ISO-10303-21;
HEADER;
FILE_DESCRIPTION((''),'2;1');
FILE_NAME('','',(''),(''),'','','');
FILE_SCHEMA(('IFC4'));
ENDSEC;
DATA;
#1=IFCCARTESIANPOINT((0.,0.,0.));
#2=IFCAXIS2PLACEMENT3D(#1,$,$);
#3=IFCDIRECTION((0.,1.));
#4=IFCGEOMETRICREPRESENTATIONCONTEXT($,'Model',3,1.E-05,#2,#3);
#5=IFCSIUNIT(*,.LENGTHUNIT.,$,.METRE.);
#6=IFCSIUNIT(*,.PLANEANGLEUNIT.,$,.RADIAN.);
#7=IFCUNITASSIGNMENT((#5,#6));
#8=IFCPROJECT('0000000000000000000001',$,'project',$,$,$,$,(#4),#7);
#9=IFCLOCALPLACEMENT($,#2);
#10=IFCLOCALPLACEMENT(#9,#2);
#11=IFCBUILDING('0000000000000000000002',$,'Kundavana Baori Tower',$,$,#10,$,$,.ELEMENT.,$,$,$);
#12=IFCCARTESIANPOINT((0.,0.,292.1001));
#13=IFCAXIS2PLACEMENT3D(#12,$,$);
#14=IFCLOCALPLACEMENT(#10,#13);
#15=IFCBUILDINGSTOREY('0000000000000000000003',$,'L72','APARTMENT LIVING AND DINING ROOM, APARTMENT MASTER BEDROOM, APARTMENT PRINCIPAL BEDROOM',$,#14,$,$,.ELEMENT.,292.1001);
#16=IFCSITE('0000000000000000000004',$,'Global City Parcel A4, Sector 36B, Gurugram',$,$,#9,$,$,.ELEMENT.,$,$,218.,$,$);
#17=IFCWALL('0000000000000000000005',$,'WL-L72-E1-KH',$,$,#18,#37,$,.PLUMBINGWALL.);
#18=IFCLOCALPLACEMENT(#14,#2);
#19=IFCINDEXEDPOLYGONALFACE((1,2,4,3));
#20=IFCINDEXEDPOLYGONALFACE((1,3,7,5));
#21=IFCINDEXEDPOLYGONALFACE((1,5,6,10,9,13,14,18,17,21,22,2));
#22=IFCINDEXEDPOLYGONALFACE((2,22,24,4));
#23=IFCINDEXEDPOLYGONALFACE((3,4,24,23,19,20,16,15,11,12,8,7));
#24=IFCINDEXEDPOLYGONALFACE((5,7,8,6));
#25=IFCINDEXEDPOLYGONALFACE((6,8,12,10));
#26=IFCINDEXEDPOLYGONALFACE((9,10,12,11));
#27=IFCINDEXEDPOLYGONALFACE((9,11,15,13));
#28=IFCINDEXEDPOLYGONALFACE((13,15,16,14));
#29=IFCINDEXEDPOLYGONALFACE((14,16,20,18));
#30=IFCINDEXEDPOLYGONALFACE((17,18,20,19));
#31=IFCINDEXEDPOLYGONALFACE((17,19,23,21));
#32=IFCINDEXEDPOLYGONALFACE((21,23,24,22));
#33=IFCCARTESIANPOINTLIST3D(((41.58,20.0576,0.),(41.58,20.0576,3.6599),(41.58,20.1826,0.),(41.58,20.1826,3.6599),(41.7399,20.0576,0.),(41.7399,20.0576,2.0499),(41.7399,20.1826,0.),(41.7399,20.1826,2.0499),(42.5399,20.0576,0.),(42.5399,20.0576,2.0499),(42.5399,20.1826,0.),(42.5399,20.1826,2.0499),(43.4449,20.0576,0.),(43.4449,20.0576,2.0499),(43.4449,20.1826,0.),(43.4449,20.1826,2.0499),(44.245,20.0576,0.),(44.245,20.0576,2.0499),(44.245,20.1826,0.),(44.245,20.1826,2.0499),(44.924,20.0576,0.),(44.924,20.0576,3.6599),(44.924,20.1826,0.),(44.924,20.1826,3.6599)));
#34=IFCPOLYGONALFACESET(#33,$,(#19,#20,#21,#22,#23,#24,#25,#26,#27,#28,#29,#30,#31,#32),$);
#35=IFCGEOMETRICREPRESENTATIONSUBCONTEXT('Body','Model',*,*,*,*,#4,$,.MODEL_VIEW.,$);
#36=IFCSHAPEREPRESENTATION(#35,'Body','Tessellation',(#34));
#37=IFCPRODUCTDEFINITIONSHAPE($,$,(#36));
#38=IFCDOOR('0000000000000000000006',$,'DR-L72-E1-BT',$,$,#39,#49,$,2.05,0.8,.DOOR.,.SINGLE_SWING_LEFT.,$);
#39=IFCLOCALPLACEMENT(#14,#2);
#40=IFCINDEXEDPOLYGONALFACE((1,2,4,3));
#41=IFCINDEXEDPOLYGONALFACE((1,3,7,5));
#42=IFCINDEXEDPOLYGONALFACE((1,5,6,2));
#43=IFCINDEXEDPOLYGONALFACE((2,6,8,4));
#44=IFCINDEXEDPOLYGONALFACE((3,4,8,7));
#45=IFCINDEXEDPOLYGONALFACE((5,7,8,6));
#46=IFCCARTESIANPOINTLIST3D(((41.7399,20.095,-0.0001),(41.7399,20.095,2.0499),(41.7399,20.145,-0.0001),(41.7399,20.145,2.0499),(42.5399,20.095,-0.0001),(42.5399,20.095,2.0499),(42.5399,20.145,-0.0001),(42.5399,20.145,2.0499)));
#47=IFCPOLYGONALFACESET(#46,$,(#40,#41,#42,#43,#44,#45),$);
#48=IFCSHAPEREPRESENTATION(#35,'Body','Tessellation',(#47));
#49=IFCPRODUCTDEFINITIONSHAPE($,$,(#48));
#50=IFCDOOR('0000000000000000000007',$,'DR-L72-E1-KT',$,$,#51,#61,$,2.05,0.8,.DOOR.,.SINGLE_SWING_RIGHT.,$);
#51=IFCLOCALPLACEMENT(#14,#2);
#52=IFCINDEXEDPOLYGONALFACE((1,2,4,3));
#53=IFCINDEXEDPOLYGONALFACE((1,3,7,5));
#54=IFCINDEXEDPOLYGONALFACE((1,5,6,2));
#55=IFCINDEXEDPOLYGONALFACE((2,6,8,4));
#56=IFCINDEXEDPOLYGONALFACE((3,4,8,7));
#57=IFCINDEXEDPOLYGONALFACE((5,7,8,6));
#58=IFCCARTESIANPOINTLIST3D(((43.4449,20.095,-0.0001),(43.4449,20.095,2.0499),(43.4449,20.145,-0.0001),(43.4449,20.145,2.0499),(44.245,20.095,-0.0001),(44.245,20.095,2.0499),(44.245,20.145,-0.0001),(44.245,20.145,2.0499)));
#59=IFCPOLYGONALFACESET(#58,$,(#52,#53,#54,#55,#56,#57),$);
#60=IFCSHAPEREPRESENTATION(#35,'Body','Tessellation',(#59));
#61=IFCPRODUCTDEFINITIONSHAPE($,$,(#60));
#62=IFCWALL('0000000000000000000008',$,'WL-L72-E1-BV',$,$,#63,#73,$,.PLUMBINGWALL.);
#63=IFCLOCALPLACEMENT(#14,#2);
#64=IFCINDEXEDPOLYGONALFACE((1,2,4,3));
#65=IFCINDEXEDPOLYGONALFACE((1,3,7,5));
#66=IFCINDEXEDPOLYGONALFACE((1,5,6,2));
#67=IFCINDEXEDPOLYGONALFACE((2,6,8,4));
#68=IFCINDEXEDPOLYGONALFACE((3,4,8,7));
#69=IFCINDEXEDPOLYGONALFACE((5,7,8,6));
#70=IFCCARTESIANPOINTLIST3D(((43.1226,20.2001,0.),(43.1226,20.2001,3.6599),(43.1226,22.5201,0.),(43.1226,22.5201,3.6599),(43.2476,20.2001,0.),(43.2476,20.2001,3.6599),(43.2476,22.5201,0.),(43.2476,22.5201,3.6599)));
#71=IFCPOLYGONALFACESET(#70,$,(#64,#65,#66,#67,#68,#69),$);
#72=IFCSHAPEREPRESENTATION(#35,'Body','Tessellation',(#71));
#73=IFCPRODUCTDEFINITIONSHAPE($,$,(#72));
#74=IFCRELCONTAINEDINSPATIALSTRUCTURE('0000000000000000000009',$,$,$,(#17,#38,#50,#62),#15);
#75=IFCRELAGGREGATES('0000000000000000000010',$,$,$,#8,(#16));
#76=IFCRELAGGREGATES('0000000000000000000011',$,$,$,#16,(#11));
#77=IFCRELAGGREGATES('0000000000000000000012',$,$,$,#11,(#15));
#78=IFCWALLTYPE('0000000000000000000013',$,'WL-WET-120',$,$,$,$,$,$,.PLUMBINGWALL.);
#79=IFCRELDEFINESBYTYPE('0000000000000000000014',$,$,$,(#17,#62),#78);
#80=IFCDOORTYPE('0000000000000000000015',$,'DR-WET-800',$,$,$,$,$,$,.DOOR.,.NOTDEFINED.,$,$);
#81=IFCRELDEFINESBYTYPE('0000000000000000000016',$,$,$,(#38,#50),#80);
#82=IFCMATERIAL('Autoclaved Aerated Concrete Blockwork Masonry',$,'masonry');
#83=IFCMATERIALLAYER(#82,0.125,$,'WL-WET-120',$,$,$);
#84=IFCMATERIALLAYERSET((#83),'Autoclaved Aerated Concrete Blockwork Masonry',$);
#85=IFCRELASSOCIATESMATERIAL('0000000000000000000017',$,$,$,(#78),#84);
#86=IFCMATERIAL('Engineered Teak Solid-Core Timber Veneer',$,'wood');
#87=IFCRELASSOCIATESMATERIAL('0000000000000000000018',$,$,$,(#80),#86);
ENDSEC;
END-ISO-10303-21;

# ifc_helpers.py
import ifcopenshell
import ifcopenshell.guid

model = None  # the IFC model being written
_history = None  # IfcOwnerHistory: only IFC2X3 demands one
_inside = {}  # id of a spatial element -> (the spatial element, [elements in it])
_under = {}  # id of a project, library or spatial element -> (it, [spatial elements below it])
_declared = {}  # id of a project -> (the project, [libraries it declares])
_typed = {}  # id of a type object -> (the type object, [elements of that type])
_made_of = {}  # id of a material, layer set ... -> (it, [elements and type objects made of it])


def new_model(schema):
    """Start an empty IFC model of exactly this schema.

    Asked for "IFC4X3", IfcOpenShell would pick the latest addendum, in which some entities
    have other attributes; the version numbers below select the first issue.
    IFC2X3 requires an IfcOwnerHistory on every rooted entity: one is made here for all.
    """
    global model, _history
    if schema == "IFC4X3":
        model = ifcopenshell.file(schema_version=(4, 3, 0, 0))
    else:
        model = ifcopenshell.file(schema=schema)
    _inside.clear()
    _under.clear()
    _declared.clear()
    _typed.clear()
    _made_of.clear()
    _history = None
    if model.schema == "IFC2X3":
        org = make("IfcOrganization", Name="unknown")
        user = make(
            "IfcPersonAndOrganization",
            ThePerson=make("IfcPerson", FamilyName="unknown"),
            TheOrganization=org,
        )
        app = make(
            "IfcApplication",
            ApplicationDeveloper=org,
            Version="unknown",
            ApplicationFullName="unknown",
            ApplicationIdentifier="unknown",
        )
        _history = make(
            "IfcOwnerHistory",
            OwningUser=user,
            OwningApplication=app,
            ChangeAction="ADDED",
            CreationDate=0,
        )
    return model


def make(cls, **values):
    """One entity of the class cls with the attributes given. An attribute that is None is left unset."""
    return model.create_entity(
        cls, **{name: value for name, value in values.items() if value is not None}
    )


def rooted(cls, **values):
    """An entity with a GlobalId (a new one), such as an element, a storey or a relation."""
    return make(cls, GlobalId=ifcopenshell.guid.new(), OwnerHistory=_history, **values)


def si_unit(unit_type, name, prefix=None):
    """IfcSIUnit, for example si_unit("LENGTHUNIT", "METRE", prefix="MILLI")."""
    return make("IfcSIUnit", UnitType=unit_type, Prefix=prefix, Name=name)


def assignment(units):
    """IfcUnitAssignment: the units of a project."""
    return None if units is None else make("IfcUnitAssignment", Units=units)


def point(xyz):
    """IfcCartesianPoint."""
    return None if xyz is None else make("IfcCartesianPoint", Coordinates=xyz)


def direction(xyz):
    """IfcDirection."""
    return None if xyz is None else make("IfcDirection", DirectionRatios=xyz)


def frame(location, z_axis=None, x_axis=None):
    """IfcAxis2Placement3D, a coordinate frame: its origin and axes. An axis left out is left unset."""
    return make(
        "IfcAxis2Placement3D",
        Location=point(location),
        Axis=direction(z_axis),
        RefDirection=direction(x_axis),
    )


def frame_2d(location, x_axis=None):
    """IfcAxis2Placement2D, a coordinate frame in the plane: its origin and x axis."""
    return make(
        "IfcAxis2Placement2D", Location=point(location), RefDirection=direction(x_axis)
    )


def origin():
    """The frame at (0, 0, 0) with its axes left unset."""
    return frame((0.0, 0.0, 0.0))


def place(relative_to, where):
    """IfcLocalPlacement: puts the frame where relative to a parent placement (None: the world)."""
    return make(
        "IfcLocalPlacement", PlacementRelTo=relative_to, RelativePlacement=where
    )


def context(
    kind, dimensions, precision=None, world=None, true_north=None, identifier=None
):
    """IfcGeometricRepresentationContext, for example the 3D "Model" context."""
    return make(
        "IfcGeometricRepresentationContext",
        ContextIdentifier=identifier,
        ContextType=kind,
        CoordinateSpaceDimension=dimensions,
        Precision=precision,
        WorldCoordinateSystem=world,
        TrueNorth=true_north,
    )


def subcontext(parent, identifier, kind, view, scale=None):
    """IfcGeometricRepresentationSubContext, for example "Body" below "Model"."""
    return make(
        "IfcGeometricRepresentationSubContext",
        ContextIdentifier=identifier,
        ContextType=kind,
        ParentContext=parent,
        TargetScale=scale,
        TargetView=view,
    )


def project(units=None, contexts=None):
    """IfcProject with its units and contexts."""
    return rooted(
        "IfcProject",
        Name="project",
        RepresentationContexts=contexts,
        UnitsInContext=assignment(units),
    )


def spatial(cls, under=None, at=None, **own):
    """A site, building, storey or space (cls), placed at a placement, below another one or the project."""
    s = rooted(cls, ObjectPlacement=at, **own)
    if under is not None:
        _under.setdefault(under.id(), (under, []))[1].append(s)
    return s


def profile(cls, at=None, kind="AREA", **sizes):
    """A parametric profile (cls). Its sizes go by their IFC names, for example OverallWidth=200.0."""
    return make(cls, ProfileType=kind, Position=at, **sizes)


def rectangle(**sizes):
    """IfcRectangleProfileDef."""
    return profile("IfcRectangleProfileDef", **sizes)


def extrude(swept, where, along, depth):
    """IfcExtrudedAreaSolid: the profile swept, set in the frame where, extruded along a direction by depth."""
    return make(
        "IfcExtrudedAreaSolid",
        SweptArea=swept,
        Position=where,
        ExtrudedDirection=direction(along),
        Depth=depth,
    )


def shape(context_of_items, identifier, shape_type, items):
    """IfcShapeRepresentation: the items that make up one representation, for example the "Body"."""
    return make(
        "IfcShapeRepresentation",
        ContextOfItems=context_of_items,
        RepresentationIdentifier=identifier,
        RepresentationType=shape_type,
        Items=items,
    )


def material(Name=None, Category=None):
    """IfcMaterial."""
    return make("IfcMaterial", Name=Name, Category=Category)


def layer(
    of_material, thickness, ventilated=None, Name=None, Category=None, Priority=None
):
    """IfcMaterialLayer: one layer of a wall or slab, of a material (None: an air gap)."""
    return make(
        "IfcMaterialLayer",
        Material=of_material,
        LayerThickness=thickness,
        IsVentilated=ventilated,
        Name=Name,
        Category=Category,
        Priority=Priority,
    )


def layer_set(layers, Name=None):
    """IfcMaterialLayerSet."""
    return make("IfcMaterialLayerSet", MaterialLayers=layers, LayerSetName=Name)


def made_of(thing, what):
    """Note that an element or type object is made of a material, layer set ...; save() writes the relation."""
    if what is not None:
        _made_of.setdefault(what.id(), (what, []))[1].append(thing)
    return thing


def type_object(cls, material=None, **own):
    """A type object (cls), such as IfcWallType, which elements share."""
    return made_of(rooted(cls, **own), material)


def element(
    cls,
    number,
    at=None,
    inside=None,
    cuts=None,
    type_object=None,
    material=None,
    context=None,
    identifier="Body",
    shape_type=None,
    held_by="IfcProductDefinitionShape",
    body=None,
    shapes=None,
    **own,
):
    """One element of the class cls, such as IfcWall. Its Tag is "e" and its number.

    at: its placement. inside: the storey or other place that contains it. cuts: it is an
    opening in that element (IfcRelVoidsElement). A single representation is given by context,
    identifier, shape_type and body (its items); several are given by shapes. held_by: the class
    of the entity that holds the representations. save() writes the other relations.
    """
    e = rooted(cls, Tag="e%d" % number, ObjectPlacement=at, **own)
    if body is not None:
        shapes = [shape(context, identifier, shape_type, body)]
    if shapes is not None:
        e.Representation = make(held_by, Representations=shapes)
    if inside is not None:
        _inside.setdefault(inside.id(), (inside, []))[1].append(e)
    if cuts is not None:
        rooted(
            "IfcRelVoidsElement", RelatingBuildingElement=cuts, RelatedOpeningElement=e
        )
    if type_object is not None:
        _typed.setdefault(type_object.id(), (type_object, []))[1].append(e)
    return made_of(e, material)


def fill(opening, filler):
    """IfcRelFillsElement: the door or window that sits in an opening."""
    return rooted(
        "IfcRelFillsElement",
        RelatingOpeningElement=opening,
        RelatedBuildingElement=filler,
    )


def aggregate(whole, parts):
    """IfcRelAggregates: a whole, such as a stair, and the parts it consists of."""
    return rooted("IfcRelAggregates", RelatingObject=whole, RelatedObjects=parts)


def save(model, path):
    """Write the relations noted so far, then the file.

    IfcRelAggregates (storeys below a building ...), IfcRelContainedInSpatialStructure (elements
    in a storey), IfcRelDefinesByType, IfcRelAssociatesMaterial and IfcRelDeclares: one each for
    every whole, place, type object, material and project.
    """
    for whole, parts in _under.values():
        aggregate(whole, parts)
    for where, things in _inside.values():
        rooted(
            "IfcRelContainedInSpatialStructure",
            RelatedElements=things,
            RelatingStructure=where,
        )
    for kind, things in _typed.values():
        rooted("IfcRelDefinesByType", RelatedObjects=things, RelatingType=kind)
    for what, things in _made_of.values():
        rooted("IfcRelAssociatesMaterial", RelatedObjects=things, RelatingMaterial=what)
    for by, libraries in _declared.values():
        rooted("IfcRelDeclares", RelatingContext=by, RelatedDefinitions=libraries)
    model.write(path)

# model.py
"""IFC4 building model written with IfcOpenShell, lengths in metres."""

from ifc_helpers import new_model, si_unit, direction, frame, frame_2d, origin, place, context, subcontext, project, spatial, rectangle, extrude, material, layer, layer_set, type_object, element, fill, save


model = new_model("IFC4")

# Units and contexts
model_context = context("Model", 3, precision=1e-05, world=origin(), true_north=direction((0.0, 1.0)))
body_context = subcontext(model_context, "Body", "Model", "MODEL_VIEW")
ifc_project = project(units=[si_unit("LENGTHUNIT", "METRE"), si_unit("PLANEANGLEUNIT", "RADIAN")], contexts=[model_context])

# Site, building, storey
site_placement = place(None, origin())
site = spatial("IfcSite", under=ifc_project, at=site_placement, Name="Global City Parcel A4, Sector 36B, Gurugram", CompositionType="ELEMENT", RefElevation=218.0)
building_placement = place(site_placement, origin())
building = spatial("IfcBuilding", under=site, at=building_placement, Name="Kundavana Baori Tower", CompositionType="ELEMENT")
storey_placement = place(building_placement, frame((0.0, 0.0, 292.1001)))
storey = spatial("IfcBuildingStorey", under=building, at=storey_placement, Name="L72", Description="APARTMENT LIVING AND DINING ROOM, APARTMENT MASTER BEDROOM, APARTMENT PRINCIPAL BEDROOM", CompositionType="ELEMENT", Elevation=292.1001)

# Shared definitions
ifc_material_1 = material(Name="Autoclaved Aerated Concrete Blockwork Masonry", Category="masonry")
ifc_layer_1 = layer(ifc_material_1, 0.125, Name="WL-WET-120")
ifc_layer_set_1 = layer_set([ifc_layer_1], Name="Autoclaved Aerated Concrete Blockwork Masonry")
wall_type_1 = type_object("IfcWallType", Name="WL-WET-120", PredefinedType="PLUMBINGWALL", material=ifc_layer_set_1)
ifc_material_2 = material(Name="Engineered Teak Solid-Core Timber Veneer", Category="wood")
door_type_1 = type_object("IfcDoorType", Name="DR-WET-800", OperationType="NOTDEFINED", PredefinedType="DOOR", material=ifc_material_2)

# Wall, openings, doors
wall_1_placement = place(storey_placement, frame((41.5801, 20.1201, 0.0), z_axis=(0.0, 0.0, 1.0), x_axis=(1.0, 0.0, 0.0)))
wall_1 = element("IfcWall", 1, at=wall_1_placement, inside=storey, type_object=wall_type_1, Name="WL-L72-E1-KH", PredefinedType="PLUMBINGWALL", context=body_context, shape_type="SweptSolid", body=[
    extrude(rectangle(XDim=3.344, YDim=0.125, at=frame_2d((1.6719, 0.0))), origin(), (0.0, 0.0, 1.0), 3.6599),
])
opening_1_placement = place(wall_1_placement, frame((0.1599, 0.0, 0.0)))
opening_1 = element("IfcOpeningElement", 2, at=opening_1_placement, cuts=wall_1, PredefinedType="OPENING", context=body_context, shape_type="SweptSolid", body=[
    extrude(rectangle(XDim=0.8, YDim=2.05, at=frame_2d((0.3999, 1.0249))), frame((0.0, 0.0725, 0.0), z_axis=(0.0, -1.0, 0.0), x_axis=(1.0, 0.0, 0.0)), (0.0, 0.0, 1.0), 0.145),
])
opening_2_placement = place(wall_1_placement, frame((1.865, 0.0, 0.0)))
opening_2 = element("IfcOpeningElement", 3, at=opening_2_placement, cuts=wall_1, PredefinedType="OPENING", context=body_context, shape_type="SweptSolid", body=[
    extrude(rectangle(XDim=0.8, YDim=2.05, at=frame_2d((0.3999, 1.0249))), frame((0.0, 0.0725, 0.0), z_axis=(0.0, -1.0, 0.0), x_axis=(1.0, 0.0, 0.0)), (0.0, 0.0, 1.0), 0.145),
])
door_1_placement = place(opening_1_placement, origin())
door_1 = element("IfcDoor", 4, at=door_1_placement, inside=storey, type_object=door_type_1, Name="DR-L72-E1-BT", OperationType="SINGLE_SWING_LEFT", OverallHeight=2.05, OverallWidth=0.8, PredefinedType="DOOR", context=body_context, shape_type="SweptSolid", body=[
    extrude(rectangle(XDim=0.8, YDim=2.05, at=frame_2d((0.3999, 1.0249))), frame((0.0, 0.0249, 0.0), z_axis=(0.0, -1.0, 0.0), x_axis=(1.0, 0.0, 0.0)), (0.0, 0.0, 1.0), 0.05),
])
fill(opening_1, door_1)
door_2_placement = place(opening_2_placement, origin())
door_2 = element("IfcDoor", 5, at=door_2_placement, inside=storey, type_object=door_type_1, Name="DR-L72-E1-KT", OperationType="SINGLE_SWING_RIGHT", OverallHeight=2.05, OverallWidth=0.8, PredefinedType="DOOR", context=body_context, shape_type="SweptSolid", body=[
    extrude(rectangle(XDim=0.8, YDim=2.05, at=frame_2d((0.3999, 1.0249))), frame((0.0, 0.0249, 0.0), z_axis=(0.0, -1.0, 0.0), x_axis=(1.0, 0.0, 0.0)), (0.0, 0.0, 1.0), 0.05),
])
fill(opening_2, door_2)

# Wall
wall_2_placement = place(storey_placement, frame((43.1851, 20.2, 0.0), z_axis=(0.0, 0.0, 1.0), x_axis=(0.0, 1.0, 0.0)))
element("IfcWall", 6, at=wall_2_placement, inside=storey, type_object=wall_type_1, Name="WL-L72-E1-BV", PredefinedType="PLUMBINGWALL", context=body_context, shape_type="SweptSolid", body=[
    extrude(rectangle(XDim=2.3201, YDim=0.125, at=frame_2d((1.1602, 0.0))), origin(), (0.0, 0.0, 1.0), 3.6599),
])

save(model, "model.ifc")
